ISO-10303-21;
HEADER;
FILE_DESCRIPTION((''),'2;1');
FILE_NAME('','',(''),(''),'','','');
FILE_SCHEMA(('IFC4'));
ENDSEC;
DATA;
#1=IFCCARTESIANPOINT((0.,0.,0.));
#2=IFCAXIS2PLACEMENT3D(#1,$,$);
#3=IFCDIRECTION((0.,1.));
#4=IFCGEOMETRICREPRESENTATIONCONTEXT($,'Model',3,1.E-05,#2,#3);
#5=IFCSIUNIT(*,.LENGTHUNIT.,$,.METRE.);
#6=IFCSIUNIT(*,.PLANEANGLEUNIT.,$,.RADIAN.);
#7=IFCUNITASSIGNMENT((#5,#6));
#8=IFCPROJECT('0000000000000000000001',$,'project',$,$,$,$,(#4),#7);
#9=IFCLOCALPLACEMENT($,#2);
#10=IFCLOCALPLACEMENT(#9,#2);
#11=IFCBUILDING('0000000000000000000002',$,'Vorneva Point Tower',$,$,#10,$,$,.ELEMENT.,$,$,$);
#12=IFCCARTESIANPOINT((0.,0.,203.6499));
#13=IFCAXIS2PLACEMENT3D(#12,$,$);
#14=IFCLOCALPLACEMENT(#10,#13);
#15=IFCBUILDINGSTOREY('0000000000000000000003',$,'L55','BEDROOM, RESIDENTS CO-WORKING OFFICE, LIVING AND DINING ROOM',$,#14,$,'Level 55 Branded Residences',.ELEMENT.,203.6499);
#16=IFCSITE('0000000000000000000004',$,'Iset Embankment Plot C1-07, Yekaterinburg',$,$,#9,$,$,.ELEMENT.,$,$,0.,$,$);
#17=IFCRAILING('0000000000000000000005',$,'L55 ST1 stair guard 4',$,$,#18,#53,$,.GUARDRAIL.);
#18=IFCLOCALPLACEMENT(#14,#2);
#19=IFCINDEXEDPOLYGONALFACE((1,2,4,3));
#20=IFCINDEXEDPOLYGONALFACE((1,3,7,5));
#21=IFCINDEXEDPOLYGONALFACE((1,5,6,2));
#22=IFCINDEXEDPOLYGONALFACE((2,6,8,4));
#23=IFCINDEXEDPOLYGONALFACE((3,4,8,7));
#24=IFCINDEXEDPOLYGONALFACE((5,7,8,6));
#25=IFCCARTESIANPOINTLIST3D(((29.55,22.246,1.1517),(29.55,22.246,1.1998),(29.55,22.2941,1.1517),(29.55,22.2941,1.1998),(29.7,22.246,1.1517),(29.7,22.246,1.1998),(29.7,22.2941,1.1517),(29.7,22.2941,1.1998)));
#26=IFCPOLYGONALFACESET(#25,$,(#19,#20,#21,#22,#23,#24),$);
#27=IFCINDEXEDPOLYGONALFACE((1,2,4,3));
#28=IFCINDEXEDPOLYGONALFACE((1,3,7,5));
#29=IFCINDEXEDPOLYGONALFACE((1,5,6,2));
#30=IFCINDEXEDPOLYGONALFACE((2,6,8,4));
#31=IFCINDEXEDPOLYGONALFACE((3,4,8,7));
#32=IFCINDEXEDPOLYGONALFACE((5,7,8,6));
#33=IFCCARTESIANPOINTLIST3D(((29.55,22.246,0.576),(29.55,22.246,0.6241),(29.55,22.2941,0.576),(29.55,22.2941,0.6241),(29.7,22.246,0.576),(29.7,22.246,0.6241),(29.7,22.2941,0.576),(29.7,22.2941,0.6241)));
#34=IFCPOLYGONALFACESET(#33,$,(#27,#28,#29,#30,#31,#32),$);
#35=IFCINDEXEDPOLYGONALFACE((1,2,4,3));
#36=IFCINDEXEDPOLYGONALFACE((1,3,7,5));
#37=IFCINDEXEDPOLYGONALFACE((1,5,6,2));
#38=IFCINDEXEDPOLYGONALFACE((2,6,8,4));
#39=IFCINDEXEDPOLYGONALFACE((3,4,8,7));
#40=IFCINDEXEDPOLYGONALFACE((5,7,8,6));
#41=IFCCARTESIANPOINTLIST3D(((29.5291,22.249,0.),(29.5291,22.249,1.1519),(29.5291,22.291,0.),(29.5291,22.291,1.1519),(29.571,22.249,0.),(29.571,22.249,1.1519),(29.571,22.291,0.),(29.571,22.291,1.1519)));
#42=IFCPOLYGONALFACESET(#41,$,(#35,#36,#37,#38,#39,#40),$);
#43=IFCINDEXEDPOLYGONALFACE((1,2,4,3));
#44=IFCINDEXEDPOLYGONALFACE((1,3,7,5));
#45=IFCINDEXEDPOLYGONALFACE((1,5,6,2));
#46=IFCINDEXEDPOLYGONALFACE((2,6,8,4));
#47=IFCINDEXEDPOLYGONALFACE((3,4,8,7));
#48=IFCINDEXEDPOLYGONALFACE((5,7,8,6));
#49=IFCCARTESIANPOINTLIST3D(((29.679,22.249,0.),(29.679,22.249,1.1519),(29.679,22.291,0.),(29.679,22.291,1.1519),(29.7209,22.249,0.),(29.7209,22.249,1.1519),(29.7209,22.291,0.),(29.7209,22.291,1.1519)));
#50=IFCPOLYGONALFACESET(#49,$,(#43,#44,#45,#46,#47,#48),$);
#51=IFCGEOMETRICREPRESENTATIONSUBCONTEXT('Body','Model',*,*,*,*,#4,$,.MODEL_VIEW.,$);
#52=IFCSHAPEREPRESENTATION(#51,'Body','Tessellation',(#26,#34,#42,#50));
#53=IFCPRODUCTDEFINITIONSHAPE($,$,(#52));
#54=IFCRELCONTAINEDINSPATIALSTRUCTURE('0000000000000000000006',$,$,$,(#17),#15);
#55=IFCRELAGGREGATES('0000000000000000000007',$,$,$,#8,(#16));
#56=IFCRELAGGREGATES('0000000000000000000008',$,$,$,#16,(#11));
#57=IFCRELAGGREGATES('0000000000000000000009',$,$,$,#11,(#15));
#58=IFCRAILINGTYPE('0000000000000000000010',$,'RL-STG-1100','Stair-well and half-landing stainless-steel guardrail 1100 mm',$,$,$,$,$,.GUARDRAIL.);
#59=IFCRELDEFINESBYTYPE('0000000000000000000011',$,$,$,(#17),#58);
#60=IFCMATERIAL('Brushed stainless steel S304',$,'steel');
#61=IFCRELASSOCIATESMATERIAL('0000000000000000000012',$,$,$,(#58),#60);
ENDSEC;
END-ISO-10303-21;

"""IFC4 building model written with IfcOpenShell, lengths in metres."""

from ifc_helpers import new_model, si_unit, direction, frame, origin, origin_2d, place, context, subcontext, project, spatial, rectangle, extrude, material, type_object, element, save


model = new_model("IFC4")

# Units and contexts
model_context = context("Model", 3, precision=1e-05, world=origin(), true_north=direction((0.0, 1.0)))
body_context = subcontext(model_context, "Body", "Model", "MODEL_VIEW")
ifc_project = project(units=[si_unit("LENGTHUNIT", "METRE"), si_unit("PLANEANGLEUNIT", "RADIAN")], contexts=[model_context])

# Site, building, storey
site_placement = place(None, origin())
site = spatial("IfcSite", under=ifc_project, at=site_placement, Name="Iset Embankment Plot C1-07, Yekaterinburg", CompositionType="ELEMENT", RefElevation=0.0)
building_placement = place(site_placement, origin())
building = spatial("IfcBuilding", under=site, at=building_placement, Name="Vorneva Point Tower", CompositionType="ELEMENT")
storey_placement = place(building_placement, frame((0.0, 0.0, 203.6499)))
storey = spatial("IfcBuildingStorey", under=building, at=storey_placement, Name="L55", Description="BEDROOM, RESIDENTS CO-WORKING OFFICE, LIVING AND DINING ROOM", LongName="Level 55 Branded Residences", CompositionType="ELEMENT", Elevation=203.6499)

# Shared definitions
ifc_material_1 = material(Name="Brushed stainless steel S304", Category="steel")

# Railing
railing_type_1 = type_object("IfcRailingType", Name="RL-STG-1100", Description="Stair-well and half-landing stainless-steel guardrail 1100 mm", PredefinedType="GUARDRAIL", material=ifc_material_1)
railing_1_placement = place(storey_placement, frame((29.55, 22.27, 0.0)))
element("IfcRailing", 1, at=railing_1_placement, inside=storey, type_object=railing_type_1, Name="L55 ST1 stair guard 4", PredefinedType="GUARDRAIL", context=body_context, shape_type="SweptSolid", body=[
    extrude(rectangle(XDim=0.0481, YDim=0.0481, at=origin_2d()), frame((0.0, 0.0, 1.1758), z_axis=(1.0, 0.0, 0.0), x_axis=(0.0, 1.0, 0.0)), (0.0, 0.0, 1.0), 0.1499),
    extrude(rectangle(XDim=0.0481, YDim=0.0481, at=origin_2d()), frame((0.0, 0.0, 0.6001), z_axis=(1.0, 0.0, 0.0), x_axis=(0.0, 1.0, 0.0)), (0.0, 0.0, 1.0), 0.1499),
    extrude(rectangle(XDim=0.042, YDim=0.042, at=origin_2d()), origin(), (0.0, 0.0, 1.0), 1.1519),
    extrude(rectangle(XDim=0.042, YDim=0.042, at=origin_2d()), frame((0.1499, 0.0, 0.0)), (0.0, 0.0, 1.0), 1.1519),
])

save(model, "model.ifc")
